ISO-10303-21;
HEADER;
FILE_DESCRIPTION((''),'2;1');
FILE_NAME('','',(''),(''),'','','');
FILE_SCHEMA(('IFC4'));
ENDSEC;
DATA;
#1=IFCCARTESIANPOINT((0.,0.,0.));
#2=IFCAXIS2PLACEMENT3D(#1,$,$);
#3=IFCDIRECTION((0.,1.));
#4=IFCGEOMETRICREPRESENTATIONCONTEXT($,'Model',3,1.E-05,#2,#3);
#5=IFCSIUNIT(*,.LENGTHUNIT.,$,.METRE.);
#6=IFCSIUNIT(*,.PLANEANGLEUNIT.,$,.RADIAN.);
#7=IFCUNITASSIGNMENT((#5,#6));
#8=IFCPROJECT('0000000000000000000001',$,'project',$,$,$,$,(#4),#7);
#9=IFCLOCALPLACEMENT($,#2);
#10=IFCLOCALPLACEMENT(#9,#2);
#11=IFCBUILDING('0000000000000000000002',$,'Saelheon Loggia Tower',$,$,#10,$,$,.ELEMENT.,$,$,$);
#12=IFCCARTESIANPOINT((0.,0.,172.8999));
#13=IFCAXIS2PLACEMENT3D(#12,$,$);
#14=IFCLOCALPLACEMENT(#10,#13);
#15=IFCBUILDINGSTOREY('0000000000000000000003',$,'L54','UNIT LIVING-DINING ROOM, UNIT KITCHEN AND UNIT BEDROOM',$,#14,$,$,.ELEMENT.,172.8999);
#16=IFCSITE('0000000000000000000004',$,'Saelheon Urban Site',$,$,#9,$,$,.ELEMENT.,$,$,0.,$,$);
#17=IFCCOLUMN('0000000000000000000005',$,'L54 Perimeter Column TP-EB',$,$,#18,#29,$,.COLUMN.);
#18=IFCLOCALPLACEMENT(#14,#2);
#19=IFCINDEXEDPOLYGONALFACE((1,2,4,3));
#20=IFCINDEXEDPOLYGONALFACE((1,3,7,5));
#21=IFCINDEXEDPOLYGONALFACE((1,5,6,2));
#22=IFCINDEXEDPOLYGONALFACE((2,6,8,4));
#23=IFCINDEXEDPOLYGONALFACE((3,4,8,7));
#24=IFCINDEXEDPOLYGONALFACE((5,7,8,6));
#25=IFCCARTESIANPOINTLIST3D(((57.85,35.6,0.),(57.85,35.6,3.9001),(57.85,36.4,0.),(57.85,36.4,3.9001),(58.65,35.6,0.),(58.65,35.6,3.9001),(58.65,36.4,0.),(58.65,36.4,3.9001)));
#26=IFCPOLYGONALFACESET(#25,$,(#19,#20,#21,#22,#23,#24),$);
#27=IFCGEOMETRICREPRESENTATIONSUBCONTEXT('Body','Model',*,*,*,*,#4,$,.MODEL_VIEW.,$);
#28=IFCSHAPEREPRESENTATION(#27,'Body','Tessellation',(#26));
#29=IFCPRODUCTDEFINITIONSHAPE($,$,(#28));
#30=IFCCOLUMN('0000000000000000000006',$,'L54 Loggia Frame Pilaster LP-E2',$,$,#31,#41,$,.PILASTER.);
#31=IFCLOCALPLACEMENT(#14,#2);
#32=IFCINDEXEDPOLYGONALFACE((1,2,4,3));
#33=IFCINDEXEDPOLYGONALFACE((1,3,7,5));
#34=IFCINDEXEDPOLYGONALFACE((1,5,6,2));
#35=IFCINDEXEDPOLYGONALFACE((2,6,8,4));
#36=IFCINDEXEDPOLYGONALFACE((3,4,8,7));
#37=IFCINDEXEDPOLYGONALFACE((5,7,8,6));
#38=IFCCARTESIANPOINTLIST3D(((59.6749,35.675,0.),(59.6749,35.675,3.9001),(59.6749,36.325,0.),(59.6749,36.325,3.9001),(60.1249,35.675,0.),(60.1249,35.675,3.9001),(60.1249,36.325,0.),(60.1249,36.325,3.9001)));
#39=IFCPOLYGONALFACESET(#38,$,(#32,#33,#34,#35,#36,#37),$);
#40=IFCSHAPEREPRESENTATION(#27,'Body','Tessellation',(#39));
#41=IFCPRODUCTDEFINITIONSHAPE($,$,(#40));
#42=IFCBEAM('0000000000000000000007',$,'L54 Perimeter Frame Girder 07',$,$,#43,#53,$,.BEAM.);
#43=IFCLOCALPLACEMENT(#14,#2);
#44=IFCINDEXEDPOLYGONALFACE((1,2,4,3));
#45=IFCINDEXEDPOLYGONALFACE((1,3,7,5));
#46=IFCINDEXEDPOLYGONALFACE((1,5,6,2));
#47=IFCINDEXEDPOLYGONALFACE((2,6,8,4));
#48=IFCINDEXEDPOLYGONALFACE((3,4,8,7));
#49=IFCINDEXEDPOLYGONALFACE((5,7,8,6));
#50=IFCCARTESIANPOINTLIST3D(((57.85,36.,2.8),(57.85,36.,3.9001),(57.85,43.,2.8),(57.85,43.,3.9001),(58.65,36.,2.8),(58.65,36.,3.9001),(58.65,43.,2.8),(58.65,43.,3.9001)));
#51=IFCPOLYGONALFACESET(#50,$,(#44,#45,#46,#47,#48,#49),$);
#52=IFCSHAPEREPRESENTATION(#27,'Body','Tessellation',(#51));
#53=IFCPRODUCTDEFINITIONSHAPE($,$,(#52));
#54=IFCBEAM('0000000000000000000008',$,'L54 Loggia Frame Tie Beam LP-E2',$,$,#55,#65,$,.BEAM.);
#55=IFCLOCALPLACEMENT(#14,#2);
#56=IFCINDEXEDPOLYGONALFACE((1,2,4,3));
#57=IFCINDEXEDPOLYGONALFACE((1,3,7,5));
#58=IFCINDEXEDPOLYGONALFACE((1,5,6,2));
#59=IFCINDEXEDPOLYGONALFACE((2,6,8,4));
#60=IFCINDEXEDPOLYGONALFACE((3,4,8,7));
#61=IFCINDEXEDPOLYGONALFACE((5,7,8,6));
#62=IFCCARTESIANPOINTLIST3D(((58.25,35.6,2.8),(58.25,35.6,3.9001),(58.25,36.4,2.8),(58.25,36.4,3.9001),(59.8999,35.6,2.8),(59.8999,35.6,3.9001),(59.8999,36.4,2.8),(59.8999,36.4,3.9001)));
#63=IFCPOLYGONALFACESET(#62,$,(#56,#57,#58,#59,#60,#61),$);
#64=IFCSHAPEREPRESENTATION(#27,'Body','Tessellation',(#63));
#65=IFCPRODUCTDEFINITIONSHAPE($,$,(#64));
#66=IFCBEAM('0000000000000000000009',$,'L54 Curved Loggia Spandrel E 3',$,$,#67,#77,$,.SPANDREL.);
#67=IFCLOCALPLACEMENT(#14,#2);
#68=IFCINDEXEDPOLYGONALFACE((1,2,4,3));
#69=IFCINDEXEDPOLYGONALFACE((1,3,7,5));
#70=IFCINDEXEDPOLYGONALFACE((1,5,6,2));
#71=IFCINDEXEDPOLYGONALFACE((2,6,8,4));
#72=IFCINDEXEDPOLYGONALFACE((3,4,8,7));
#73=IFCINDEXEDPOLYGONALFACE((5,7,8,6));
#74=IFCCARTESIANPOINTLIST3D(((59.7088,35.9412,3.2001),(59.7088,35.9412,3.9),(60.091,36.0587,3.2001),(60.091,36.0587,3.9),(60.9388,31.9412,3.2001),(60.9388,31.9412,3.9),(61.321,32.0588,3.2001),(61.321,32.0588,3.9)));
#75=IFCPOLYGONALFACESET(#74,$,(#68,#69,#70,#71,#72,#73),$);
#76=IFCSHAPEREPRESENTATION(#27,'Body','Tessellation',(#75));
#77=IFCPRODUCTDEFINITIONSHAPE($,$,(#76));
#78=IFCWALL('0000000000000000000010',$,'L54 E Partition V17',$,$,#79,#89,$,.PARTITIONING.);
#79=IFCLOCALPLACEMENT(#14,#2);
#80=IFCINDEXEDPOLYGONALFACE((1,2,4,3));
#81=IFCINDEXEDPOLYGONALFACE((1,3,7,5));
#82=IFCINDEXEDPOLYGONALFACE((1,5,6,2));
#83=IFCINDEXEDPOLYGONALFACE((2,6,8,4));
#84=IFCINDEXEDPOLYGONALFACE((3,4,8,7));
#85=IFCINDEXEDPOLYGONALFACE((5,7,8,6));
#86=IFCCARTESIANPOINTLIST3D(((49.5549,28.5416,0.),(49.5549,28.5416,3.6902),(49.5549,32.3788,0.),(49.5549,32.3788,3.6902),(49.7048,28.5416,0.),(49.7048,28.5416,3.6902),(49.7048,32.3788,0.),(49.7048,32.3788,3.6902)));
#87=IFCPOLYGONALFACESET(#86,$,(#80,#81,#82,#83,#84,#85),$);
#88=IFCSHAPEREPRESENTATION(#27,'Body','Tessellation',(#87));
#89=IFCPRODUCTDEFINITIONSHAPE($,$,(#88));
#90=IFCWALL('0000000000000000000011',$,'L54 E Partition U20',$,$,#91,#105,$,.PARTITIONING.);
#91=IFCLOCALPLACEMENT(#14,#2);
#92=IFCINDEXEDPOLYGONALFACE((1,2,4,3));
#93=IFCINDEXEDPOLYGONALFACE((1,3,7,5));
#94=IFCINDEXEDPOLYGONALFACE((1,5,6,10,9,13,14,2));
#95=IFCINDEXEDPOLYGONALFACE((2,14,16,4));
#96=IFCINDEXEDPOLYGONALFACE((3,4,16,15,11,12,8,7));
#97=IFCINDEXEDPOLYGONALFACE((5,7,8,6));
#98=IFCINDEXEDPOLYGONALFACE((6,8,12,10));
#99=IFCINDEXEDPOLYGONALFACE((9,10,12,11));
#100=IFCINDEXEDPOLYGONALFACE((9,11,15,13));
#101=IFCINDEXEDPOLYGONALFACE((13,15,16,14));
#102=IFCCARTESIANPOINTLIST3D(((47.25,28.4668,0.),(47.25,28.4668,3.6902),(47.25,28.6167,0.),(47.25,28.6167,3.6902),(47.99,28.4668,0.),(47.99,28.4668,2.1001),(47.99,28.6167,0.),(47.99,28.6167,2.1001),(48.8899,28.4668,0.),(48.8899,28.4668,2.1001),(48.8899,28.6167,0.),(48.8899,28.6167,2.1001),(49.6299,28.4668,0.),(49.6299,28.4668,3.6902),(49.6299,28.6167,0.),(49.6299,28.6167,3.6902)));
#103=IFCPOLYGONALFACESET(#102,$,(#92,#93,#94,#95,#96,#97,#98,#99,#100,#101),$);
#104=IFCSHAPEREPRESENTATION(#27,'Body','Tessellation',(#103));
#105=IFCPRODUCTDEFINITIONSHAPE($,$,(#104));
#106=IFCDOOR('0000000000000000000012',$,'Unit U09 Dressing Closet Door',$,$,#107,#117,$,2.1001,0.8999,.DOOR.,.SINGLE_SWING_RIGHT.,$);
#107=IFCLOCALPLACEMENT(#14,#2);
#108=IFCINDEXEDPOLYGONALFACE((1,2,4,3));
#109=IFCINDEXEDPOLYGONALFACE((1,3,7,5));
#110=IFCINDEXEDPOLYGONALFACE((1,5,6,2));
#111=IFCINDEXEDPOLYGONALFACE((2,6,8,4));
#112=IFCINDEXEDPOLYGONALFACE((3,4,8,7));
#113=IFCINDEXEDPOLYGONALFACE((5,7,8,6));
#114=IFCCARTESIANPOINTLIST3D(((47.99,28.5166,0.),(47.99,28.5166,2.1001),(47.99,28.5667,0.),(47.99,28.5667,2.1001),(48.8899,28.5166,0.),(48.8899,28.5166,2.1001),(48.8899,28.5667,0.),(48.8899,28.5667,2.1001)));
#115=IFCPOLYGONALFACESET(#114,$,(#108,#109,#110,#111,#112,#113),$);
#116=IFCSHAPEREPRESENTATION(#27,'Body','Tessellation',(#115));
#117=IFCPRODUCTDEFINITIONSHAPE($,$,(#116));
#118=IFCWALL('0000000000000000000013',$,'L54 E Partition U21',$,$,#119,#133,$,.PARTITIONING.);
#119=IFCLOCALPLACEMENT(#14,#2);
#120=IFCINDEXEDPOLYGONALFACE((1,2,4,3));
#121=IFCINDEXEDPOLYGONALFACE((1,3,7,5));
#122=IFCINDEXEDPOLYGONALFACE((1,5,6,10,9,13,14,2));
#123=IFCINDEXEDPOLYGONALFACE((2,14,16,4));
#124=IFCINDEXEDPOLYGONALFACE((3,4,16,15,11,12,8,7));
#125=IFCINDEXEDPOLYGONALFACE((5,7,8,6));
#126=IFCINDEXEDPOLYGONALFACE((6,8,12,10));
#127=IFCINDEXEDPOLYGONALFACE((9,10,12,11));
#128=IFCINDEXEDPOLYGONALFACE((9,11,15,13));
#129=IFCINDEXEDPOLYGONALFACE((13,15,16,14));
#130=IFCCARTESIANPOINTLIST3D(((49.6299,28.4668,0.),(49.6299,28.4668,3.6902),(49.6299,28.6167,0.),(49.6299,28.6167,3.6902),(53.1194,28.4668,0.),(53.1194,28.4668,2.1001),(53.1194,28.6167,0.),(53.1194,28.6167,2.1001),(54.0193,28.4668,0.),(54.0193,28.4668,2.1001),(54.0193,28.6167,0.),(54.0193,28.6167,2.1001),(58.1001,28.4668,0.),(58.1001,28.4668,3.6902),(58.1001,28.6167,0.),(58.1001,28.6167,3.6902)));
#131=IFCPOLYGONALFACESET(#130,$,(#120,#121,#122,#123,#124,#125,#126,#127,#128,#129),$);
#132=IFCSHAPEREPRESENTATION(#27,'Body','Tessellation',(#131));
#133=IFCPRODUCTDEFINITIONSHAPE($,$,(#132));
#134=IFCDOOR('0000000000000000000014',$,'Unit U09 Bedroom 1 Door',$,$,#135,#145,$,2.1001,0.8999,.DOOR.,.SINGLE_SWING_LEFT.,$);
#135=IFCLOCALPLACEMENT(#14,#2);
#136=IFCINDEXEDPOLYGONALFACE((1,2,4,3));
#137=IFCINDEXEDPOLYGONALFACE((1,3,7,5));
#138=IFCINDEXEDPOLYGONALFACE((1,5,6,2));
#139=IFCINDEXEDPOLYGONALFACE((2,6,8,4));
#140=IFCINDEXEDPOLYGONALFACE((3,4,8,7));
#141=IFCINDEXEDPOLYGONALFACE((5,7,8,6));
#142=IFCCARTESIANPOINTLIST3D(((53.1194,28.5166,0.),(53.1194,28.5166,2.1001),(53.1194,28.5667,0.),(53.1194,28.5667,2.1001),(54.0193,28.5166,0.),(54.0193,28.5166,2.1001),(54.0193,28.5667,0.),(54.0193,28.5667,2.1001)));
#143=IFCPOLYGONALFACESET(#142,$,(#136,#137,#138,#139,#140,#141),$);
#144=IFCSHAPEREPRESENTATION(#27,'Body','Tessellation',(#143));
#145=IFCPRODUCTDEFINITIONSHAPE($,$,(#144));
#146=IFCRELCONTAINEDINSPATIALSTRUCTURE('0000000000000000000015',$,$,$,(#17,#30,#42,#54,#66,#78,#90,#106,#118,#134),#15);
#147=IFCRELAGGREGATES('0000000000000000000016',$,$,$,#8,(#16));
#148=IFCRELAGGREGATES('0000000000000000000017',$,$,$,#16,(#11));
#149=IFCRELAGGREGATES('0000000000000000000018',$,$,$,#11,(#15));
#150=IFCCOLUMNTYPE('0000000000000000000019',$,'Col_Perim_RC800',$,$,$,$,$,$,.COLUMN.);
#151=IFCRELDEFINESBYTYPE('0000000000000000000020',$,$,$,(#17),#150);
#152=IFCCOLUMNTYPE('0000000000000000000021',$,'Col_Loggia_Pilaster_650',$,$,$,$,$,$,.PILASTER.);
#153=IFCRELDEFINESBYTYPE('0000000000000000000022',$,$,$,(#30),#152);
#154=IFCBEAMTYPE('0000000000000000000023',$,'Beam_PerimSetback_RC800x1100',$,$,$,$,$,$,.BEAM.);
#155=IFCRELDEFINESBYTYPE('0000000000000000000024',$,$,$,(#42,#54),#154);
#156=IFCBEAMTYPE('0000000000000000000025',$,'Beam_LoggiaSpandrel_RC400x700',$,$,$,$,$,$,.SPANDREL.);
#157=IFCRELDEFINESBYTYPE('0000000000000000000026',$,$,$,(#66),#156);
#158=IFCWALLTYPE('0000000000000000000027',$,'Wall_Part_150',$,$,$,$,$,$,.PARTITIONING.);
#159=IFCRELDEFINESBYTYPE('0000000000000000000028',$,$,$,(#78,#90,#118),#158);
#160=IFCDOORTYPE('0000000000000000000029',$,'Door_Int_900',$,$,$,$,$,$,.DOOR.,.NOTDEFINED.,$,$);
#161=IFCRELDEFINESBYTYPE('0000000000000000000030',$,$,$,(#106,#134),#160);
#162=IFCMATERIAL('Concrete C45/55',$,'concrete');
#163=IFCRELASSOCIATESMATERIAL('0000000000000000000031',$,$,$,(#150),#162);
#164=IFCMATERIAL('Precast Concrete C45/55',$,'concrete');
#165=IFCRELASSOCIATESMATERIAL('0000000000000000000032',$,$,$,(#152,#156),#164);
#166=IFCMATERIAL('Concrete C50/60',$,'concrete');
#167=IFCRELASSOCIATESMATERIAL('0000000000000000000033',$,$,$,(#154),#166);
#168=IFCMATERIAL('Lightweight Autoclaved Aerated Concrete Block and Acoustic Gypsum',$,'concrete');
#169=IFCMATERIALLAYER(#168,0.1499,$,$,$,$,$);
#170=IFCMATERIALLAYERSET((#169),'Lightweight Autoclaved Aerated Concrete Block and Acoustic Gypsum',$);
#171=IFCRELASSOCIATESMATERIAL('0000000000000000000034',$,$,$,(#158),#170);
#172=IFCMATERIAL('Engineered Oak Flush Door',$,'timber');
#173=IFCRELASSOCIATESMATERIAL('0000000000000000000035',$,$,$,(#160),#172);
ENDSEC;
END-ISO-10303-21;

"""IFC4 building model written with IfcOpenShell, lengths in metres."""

from ifc_helpers import new_model, si_unit, direction, frame, frame_2d, origin, origin_2d, place, context, subcontext, project, spatial, rectangle, extrude, source, transform, mapped, material, layer, layer_set, material_profile, profile_set, type_object, element, fill, save


model = new_model("IFC4")

# Units and contexts
model_context = context("Model", 3, precision=1e-05, world=origin(), true_north=direction((0.0, 1.0)))
body_context = subcontext(model_context, "Body", "Model", "MODEL_VIEW")
ifc_project = project(units=[si_unit("LENGTHUNIT", "METRE"), si_unit("PLANEANGLEUNIT", "RADIAN")], contexts=[model_context])

# Site, building, storey
site_placement = place(None, origin())
site = spatial("IfcSite", under=ifc_project, at=site_placement, Name="Saelheon Urban Site", CompositionType="ELEMENT", RefElevation=0.0)
building_placement = place(site_placement, origin())
building = spatial("IfcBuilding", under=site, at=building_placement, Name="Saelheon Loggia Tower", CompositionType="ELEMENT")
storey_placement = place(building_placement, frame((0.0, 0.0, 172.8999)))
storey = spatial("IfcBuildingStorey", under=building, at=storey_placement, Name="L54", Description="UNIT LIVING-DINING ROOM, UNIT KITCHEN AND UNIT BEDROOM", CompositionType="ELEMENT", Elevation=172.8999)

# Columns
ifc_material_1 = material(Name="Concrete C45/55", Category="concrete")
ifc_material_profile_1 = material_profile(ifc_material_1, rectangle(XDim=0.8, YDim=0.8, at=origin_2d()), Name="RC-800x800")
ifc_profile_set_1 = profile_set([ifc_material_profile_1], Name="Concrete C45/55")
column_type_1 = type_object("IfcColumnType", Name="Col_Perim_RC800", PredefinedType="COLUMN", material=ifc_profile_set_1)
shared_shape_1 = source(origin(), body_context, "Body", "SweptSolid", [
    extrude(rectangle(XDim=0.8, YDim=0.8, at=origin_2d()), origin(), (0.0, 0.0, 1.0), 3.9001),
])
column_1_placement = place(storey_placement, frame((58.25, 36.0, 0.0), z_axis=(0.0, 0.0, 1.0), x_axis=(1.0, 0.0, 0.0)))
element("IfcColumn", 1, at=column_1_placement, inside=storey, type_object=column_type_1, Name="L54 Perimeter Column TP-EB", PredefinedType="COLUMN", context=body_context, shape_type="MappedRepresentation", body=[
    mapped(shared_shape_1, transform((0.0, 0.0, 0.0), scale=1.0)),
])
ifc_material_2 = material(Name="Precast Concrete C45/55", Category="concrete")
ifc_material_profile_2 = material_profile(ifc_material_2, rectangle(XDim=0.45, YDim=0.6499, at=origin_2d()), Name="RC-450x650")
ifc_profile_set_2 = profile_set([ifc_material_profile_2], Name="Precast Concrete C45/55")
column_type_2 = type_object("IfcColumnType", Name="Col_Loggia_Pilaster_650", PredefinedType="PILASTER", material=ifc_profile_set_2)
shared_shape_2 = source(origin(), body_context, "Body", "SweptSolid", [
    extrude(rectangle(XDim=0.45, YDim=0.6499, at=origin_2d()), origin(), (0.0, 0.0, 1.0), 3.9001),
])
column_2_placement = place(storey_placement, frame((59.8999, 36.0, 0.0), z_axis=(0.0, 0.0, 1.0), x_axis=(1.0, 0.0, 0.0)))
element("IfcColumn", 2, at=column_2_placement, inside=storey, type_object=column_type_2, Name="L54 Loggia Frame Pilaster LP-E2", PredefinedType="PILASTER", context=body_context, shape_type="MappedRepresentation", body=[
    mapped(shared_shape_2, transform((0.0, 0.0, 0.0), scale=1.0)),
])

# Beams
ifc_material_3 = material(Name="Concrete C50/60", Category="concrete")
ifc_material_profile_3 = material_profile(ifc_material_3, rectangle(XDim=0.8, YDim=1.1001, at=origin_2d()), Name="RC-800x1100")
ifc_profile_set_3 = profile_set([ifc_material_profile_3], Name="Concrete C50/60")
beam_type_1 = type_object("IfcBeamType", Name="Beam_PerimSetback_RC800x1100", PredefinedType="BEAM", material=ifc_profile_set_3)
shared_shape_3 = source(origin(), body_context, "Body", "SweptSolid", [
    extrude(rectangle(XDim=0.8, YDim=1.1001, at=origin_2d()), origin(), (0.0, 0.0, 1.0), 7.0),
])
beam_1_placement = place(storey_placement, frame((58.25, 36.0, 3.3501), z_axis=(0.0, 1.0, 0.0), x_axis=(-1.0, 0.0, 0.0)))
element("IfcBeam", 3, at=beam_1_placement, inside=storey, type_object=beam_type_1, Name="L54 Perimeter Frame Girder 07", PredefinedType="BEAM", context=body_context, shape_type="MappedRepresentation", body=[
    mapped(shared_shape_3, transform((0.0, 0.0, 0.0), scale=1.0)),
])
shared_shape_4 = source(origin(), body_context, "Body", "SweptSolid", [
    extrude(rectangle(XDim=0.8, YDim=1.1001, at=origin_2d()), origin(), (0.0, 0.0, 1.0), 1.6499),
])
beam_2_placement = place(storey_placement, frame((58.25, 36.0, 3.3501), z_axis=(1.0, 0.0, 0.0), x_axis=(0.0, 1.0, 0.0)))
element("IfcBeam", 4, at=beam_2_placement, inside=storey, type_object=beam_type_1, Name="L54 Loggia Frame Tie Beam LP-E2", PredefinedType="BEAM", context=body_context, shape_type="MappedRepresentation", body=[
    mapped(shared_shape_4, transform((0.0, 0.0, 0.0), scale=1.0)),
])
ifc_material_profile_4 = material_profile(ifc_material_2, rectangle(XDim=0.3999, YDim=0.7, at=origin_2d()), Name="RC-400x700")
ifc_profile_set_4 = profile_set([ifc_material_profile_4], Name="Precast Concrete C45/55")
beam_type_2 = type_object("IfcBeamType", Name="Beam_LoggiaSpandrel_RC400x700", PredefinedType="SPANDREL", material=ifc_profile_set_4)
shared_shape_5 = source(origin(), body_context, "Body", "SweptSolid", [
    extrude(rectangle(XDim=0.3999, YDim=0.7, at=origin_2d()), origin(), (0.0, 0.0, 1.0), 4.1848),
])
beam_3_placement = place(storey_placement, frame((61.1299, 32.0, 3.55), z_axis=(-0.293914, 0.955832, 0.0), x_axis=(-0.955832, -0.293914, 0.0)))
element("IfcBeam", 5, at=beam_3_placement, inside=storey, type_object=beam_type_2, Name="L54 Curved Loggia Spandrel E 3", PredefinedType="SPANDREL", context=body_context, shape_type="MappedRepresentation", body=[
    mapped(shared_shape_5, transform((0.0, 0.0, 0.0), scale=1.0)),
])

# Wall
ifc_material_4 = material(Name="Lightweight Autoclaved Aerated Concrete Block and Acoustic Gypsum", Category="concrete")
ifc_layer_1 = layer(ifc_material_4, 0.1499)
ifc_layer_set_1 = layer_set([ifc_layer_1], Name="Lightweight Autoclaved Aerated Concrete Block and Acoustic Gypsum")
wall_type_1 = type_object("IfcWallType", Name="Wall_Part_150", PredefinedType="PARTITIONING", material=ifc_layer_set_1)
wall_1_placement = place(storey_placement, frame((49.6299, 28.5417, 0.0), z_axis=(0.0, 0.0, 1.0), x_axis=(0.0, 1.0, 0.0)))
element("IfcWall", 6, at=wall_1_placement, inside=storey, type_object=wall_type_1, Name="L54 E Partition V17", PredefinedType="PARTITIONING", context=body_context, shape_type="SweptSolid", body=[
    extrude(rectangle(XDim=3.8372, YDim=0.1499, at=frame_2d((1.9185, 0.0))), origin(), (0.0, 0.0, 1.0), 3.6902),
])

# Walls, openings, doors
wall_2_placement = place(storey_placement, frame((47.25, 28.5417, 0.0), z_axis=(0.0, 0.0, 1.0), x_axis=(1.0, 0.0, 0.0)))
wall_2 = element("IfcWall", 7, at=wall_2_placement, inside=storey, type_object=wall_type_1, Name="L54 E Partition U20", PredefinedType="PARTITIONING", context=body_context, shape_type="SweptSolid", body=[
    extrude(rectangle(XDim=2.3799, YDim=0.1499, at=frame_2d((1.1899, 0.0))), origin(), (0.0, 0.0, 1.0), 3.6902),
])
opening_1_placement = place(wall_2_placement, frame((0.74, 0.0, 0.0)))
opening_1 = element("IfcOpeningElement", 8, at=opening_1_placement, cuts=wall_2, PredefinedType="OPENING", context=body_context, shape_type="SweptSolid", body=[
    extrude(rectangle(XDim=0.8999, YDim=2.1001, at=frame_2d((0.45, 1.05))), frame((0.0, 0.0869, 0.0), z_axis=(0.0, -1.0, 0.0), x_axis=(1.0, 0.0, 0.0)), (0.0, 0.0, 1.0), 0.1738),
])
ifc_material_5 = material(Name="Engineered Oak Flush Door", Category="timber")
door_type_1 = type_object("IfcDoorType", Name="Door_Int_900", OperationType="NOTDEFINED", PredefinedType="DOOR", material=ifc_material_5)
shared_shape_6 = source(origin(), body_context, "Body", "SweptSolid", [
    extrude(rectangle(XDim=0.8999, YDim=2.1001, at=frame_2d((0.45, 1.05))), frame((0.0, 0.0249, 0.0), z_axis=(0.0, -1.0, 0.0), x_axis=(1.0, 0.0, 0.0)), (0.0, 0.0, 1.0), 0.05),
])
door_1_placement = place(opening_1_placement, origin())
door_1 = element("IfcDoor", 9, at=door_1_placement, inside=storey, type_object=door_type_1, Name="Unit U09 Dressing Closet Door", OperationType="SINGLE_SWING_RIGHT", OverallHeight=2.1001, OverallWidth=0.8999, PredefinedType="DOOR", context=body_context, shape_type="MappedRepresentation", body=[
    mapped(shared_shape_6, transform((0.0, 0.0, 0.0), scale=1.0)),
])
fill(opening_1, door_1)
wall_3_placement = place(storey_placement, frame((49.6299, 28.5417, 0.0), z_axis=(0.0, 0.0, 1.0), x_axis=(1.0, 0.0, 0.0)))
wall_3 = element("IfcWall", 10, at=wall_3_placement, inside=storey, type_object=wall_type_1, Name="L54 E Partition U21", PredefinedType="PARTITIONING", context=body_context, shape_type="SweptSolid", body=[
    extrude(rectangle(XDim=8.4702, YDim=0.1499, at=frame_2d((4.2351, 0.0))), origin(), (0.0, 0.0, 1.0), 3.6902),
])
opening_2_placement = place(wall_3_placement, frame((3.4895, 0.0, 0.0)))
opening_2 = element("IfcOpeningElement", 11, at=opening_2_placement, cuts=wall_3, PredefinedType="OPENING", context=body_context, shape_type="SweptSolid", body=[
    extrude(rectangle(XDim=0.8999, YDim=2.1001, at=frame_2d((0.45, 1.05))), frame((0.0, 0.0869, 0.0), z_axis=(0.0, -1.0, 0.0), x_axis=(1.0, 0.0, 0.0)), (0.0, 0.0, 1.0), 0.1738),
])
door_2_placement = place(opening_2_placement, origin())
door_2 = element("IfcDoor", 12, at=door_2_placement, inside=storey, type_object=door_type_1, Name="Unit U09 Bedroom 1 Door", OperationType="SINGLE_SWING_LEFT", OverallHeight=2.1001, OverallWidth=0.8999, PredefinedType="DOOR", context=body_context, shape_type="MappedRepresentation", body=[
    mapped(shared_shape_6, transform((0.0, 0.0, 0.0), scale=1.0)),
])
fill(opening_2, door_2)

save(model, "model.ifc")
